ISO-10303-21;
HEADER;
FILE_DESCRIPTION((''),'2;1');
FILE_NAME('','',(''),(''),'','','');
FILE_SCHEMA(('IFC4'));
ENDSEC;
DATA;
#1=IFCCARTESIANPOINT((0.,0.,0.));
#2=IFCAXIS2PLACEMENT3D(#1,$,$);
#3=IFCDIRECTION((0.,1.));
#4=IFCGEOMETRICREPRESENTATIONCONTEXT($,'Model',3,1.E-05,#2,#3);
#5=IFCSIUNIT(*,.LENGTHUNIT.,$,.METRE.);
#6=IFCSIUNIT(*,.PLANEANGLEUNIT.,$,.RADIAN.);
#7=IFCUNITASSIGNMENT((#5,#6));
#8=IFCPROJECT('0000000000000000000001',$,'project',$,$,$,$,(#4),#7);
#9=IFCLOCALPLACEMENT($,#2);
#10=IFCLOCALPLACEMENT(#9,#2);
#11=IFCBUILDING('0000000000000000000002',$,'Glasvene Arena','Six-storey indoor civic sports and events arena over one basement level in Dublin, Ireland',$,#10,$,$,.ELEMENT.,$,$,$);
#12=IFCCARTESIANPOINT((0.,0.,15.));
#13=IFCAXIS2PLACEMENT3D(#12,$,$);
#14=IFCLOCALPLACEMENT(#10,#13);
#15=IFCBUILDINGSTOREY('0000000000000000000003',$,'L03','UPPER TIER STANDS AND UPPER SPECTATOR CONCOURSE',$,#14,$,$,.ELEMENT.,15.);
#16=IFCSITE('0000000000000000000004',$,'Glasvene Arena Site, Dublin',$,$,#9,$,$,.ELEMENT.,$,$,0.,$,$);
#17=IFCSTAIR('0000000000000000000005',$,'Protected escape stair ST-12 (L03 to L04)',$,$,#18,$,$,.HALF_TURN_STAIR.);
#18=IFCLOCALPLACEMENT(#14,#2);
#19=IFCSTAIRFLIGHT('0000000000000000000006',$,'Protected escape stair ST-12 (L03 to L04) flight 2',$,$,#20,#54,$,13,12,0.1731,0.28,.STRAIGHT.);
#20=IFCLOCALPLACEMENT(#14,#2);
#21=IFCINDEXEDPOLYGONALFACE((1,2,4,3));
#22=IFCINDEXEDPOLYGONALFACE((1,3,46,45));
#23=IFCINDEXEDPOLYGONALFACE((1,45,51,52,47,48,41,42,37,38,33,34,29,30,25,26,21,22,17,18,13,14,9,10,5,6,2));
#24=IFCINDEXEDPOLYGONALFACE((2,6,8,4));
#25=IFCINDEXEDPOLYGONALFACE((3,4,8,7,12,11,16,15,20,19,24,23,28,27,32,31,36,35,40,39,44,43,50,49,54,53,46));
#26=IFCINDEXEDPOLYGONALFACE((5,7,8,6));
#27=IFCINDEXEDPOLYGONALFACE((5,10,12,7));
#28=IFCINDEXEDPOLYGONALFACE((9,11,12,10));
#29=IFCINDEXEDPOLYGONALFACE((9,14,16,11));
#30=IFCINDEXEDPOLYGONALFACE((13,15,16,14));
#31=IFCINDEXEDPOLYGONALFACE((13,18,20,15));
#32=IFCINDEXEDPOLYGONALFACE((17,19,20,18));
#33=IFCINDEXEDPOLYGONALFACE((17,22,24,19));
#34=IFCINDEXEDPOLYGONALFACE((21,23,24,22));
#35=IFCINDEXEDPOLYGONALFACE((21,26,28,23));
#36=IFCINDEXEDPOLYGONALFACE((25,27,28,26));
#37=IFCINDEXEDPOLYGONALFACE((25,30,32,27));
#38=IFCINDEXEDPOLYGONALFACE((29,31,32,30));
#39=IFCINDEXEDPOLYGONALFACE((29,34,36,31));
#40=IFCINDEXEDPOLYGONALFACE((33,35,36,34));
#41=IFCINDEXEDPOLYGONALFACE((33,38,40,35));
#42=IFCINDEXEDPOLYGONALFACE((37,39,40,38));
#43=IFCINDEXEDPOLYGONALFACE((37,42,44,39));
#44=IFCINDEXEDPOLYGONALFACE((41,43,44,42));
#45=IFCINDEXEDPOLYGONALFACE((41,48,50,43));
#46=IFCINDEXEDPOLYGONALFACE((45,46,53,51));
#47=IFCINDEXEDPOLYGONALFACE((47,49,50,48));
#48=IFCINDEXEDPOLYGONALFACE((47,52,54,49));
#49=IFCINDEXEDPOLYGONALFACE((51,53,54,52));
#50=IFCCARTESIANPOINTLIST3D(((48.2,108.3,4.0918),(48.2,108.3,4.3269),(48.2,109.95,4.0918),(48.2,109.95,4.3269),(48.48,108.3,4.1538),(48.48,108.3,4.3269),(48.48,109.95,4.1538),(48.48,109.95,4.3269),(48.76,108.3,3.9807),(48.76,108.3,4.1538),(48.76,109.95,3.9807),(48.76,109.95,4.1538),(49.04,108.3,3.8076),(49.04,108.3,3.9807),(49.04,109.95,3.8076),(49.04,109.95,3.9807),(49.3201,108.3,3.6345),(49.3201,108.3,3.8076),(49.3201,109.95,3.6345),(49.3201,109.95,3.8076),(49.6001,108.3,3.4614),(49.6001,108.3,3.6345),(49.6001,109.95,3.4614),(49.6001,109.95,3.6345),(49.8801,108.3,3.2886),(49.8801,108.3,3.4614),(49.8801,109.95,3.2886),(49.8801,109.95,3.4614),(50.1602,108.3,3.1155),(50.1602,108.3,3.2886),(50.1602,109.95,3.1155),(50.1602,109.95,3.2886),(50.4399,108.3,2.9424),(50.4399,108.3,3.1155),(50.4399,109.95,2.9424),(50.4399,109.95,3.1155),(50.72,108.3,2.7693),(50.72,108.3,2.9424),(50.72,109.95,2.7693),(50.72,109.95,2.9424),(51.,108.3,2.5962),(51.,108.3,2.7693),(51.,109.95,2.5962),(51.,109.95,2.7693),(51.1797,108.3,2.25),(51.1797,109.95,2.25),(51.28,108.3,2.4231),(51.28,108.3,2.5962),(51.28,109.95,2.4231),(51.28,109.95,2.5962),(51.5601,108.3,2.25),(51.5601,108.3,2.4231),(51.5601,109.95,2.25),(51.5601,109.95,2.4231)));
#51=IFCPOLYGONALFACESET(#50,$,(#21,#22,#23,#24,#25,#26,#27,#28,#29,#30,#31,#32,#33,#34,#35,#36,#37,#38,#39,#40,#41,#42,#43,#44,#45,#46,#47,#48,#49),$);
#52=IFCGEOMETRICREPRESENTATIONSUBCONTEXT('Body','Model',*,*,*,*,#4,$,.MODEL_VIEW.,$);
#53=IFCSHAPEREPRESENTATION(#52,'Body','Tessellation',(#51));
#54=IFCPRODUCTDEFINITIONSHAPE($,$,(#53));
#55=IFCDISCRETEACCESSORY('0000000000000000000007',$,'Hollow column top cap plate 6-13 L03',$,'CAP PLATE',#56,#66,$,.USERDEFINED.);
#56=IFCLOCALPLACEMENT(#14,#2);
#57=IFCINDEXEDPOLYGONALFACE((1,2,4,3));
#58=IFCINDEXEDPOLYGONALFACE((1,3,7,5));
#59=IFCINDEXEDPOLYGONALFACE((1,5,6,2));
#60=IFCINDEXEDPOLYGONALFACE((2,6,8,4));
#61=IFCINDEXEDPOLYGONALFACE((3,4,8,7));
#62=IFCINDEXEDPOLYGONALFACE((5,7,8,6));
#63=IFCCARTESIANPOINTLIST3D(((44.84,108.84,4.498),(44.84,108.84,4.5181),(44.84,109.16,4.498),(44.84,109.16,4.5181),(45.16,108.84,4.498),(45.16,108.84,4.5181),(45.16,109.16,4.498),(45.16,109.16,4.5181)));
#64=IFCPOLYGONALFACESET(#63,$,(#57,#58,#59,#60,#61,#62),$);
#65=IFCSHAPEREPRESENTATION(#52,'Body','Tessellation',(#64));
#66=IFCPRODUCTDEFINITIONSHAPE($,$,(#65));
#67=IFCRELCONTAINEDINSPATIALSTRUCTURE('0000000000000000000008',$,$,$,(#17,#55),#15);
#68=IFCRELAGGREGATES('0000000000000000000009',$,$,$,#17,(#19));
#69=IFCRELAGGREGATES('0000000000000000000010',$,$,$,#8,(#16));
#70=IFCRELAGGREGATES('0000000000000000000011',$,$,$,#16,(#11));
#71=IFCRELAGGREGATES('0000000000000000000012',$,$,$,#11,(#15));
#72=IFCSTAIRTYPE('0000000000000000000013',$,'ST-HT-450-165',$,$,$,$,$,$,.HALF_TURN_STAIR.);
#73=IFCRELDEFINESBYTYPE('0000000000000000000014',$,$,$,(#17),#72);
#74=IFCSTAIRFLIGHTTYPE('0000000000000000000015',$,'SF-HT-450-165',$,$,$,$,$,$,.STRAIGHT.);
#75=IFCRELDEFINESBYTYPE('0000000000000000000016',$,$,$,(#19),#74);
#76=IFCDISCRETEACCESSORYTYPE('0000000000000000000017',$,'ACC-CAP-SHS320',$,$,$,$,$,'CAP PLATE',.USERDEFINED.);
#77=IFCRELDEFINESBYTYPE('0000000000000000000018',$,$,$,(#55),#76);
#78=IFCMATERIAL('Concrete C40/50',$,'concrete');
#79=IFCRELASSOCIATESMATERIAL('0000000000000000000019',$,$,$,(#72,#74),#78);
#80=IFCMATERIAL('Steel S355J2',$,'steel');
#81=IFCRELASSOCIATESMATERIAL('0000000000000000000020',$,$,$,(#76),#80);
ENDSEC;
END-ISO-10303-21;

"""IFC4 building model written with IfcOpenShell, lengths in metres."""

from ifc_helpers import new_model, si_unit, direction, frame, origin, origin_2d, place, context, subcontext, project, spatial, polyline, rectangle, outline, extrude, material, type_object, element, aggregate, save


model = new_model("IFC4")

# Units and contexts
model_context = context("Model", 3, precision=1e-05, world=origin(), true_north=direction((0.0, 1.0)))
body_context = subcontext(model_context, "Body", "Model", "MODEL_VIEW")
ifc_project = project(units=[si_unit("LENGTHUNIT", "METRE"), si_unit("PLANEANGLEUNIT", "RADIAN")], contexts=[model_context])

# Site, building, storey
site_placement = place(None, origin())
site = spatial("IfcSite", under=ifc_project, at=site_placement, Name="Glasvene Arena Site, Dublin", CompositionType="ELEMENT", RefElevation=0.0)
building_placement = place(site_placement, origin())
building = spatial("IfcBuilding", under=site, at=building_placement, Name="Glasvene Arena", Description="Six-storey indoor civic sports and events arena over one basement level in Dublin, Ireland", CompositionType="ELEMENT")
storey_placement = place(building_placement, frame((0.0, 0.0, 15.0)))
storey = spatial("IfcBuildingStorey", under=building, at=storey_placement, Name="L03", Description="UPPER TIER STANDS AND UPPER SPECTATOR CONCOURSE", CompositionType="ELEMENT", Elevation=15.0)

# Shared definitions
ifc_material_1 = material(Name="Steel S355J2", Category="steel")

# Stair
ifc_material_2 = material(Name="Concrete C40/50", Category="concrete")
stair_type = type_object("IfcStairType", Name="ST-HT-450-165", PredefinedType="HALF_TURN_STAIR", material=ifc_material_2)
stair_placement = place(storey_placement, origin())
stair = element("IfcStair", 1, at=stair_placement, inside=storey, type_object=stair_type, Name="Protected escape stair ST-12 (L03 to L04)", PredefinedType="HALF_TURN_STAIR")

# Stair flight
stair_flight_type = type_object("IfcStairFlightType", Name="SF-HT-450-165", PredefinedType="STRAIGHT", material=ifc_material_2)
stair_flight_1_placement = place(storey_placement, frame((51.5601, 109.125, 2.25), z_axis=(0.0, 0.0, 1.0), x_axis=(-1.0, 0.0, 0.0)))
stair_flight_1 = element("IfcStairFlight", 2, at=stair_flight_1_placement, type_object=stair_flight_type, Name="Protected escape stair ST-12 (L03 to L04) flight 2", NumberOfRisers=13, NumberOfTreads=12, PredefinedType="STRAIGHT", RiserHeight=0.1731, TreadLength=0.28, context=body_context, shape_type="SweptSolid", body=[
    extrude(outline(polyline([(0.0, 0.0), (0.0, 0.1731), (0.28, 0.1731), (0.28, 0.3462), (0.5601, 0.3462), (0.5601, 0.5193), (0.8401, 0.5193), (0.8401, 0.6924), (1.1201, 0.6924), (1.1201, 0.8655), (1.3999, 0.8655), (1.3999, 1.0386), (1.6799, 1.0386), (1.6799, 1.2114), (1.96, 1.2114), (1.96, 1.3845), (2.24, 1.3845), (2.24, 1.5576), (2.52, 1.5576), (2.52, 1.7307), (2.8, 1.7307), (2.8, 1.9038), (3.0801, 1.9038), (3.0801, 2.0769), (3.3601, 2.0769), (3.3601, 2.25), (3.3601, 1.8418), (0.3804, 0.0), (0.0, 0.0)])), frame((0.0, 0.825, 0.0), z_axis=(0.0, -1.0, 0.0), x_axis=(1.0, 0.0, 0.0)), (0.0, 0.0, 1.0), 1.6499),
])
aggregate(stair, [stair_flight_1])

# Discrete accessory
discrete_accessory_type = type_object("IfcDiscreteAccessoryType", Name="ACC-CAP-SHS320", ElementType="CAP PLATE", PredefinedType="USERDEFINED", material=ifc_material_1)
discrete_accessory_placement = place(storey_placement, frame((45.0, 109.0, 4.498), z_axis=(0.0, 0.0, 1.0), x_axis=(1.0, 0.0, 0.0)))
element("IfcDiscreteAccessory", 3, at=discrete_accessory_placement, inside=storey, type_object=discrete_accessory_type, Name="Hollow column top cap plate 6-13 L03", ObjectType="CAP PLATE", PredefinedType="USERDEFINED", context=body_context, shape_type="SweptSolid", body=[
    extrude(rectangle(XDim=0.3201, YDim=0.3201, at=origin_2d()), origin(), (0.0, 0.0, 1.0), 0.02),
])

save(model, "model.ifc")
